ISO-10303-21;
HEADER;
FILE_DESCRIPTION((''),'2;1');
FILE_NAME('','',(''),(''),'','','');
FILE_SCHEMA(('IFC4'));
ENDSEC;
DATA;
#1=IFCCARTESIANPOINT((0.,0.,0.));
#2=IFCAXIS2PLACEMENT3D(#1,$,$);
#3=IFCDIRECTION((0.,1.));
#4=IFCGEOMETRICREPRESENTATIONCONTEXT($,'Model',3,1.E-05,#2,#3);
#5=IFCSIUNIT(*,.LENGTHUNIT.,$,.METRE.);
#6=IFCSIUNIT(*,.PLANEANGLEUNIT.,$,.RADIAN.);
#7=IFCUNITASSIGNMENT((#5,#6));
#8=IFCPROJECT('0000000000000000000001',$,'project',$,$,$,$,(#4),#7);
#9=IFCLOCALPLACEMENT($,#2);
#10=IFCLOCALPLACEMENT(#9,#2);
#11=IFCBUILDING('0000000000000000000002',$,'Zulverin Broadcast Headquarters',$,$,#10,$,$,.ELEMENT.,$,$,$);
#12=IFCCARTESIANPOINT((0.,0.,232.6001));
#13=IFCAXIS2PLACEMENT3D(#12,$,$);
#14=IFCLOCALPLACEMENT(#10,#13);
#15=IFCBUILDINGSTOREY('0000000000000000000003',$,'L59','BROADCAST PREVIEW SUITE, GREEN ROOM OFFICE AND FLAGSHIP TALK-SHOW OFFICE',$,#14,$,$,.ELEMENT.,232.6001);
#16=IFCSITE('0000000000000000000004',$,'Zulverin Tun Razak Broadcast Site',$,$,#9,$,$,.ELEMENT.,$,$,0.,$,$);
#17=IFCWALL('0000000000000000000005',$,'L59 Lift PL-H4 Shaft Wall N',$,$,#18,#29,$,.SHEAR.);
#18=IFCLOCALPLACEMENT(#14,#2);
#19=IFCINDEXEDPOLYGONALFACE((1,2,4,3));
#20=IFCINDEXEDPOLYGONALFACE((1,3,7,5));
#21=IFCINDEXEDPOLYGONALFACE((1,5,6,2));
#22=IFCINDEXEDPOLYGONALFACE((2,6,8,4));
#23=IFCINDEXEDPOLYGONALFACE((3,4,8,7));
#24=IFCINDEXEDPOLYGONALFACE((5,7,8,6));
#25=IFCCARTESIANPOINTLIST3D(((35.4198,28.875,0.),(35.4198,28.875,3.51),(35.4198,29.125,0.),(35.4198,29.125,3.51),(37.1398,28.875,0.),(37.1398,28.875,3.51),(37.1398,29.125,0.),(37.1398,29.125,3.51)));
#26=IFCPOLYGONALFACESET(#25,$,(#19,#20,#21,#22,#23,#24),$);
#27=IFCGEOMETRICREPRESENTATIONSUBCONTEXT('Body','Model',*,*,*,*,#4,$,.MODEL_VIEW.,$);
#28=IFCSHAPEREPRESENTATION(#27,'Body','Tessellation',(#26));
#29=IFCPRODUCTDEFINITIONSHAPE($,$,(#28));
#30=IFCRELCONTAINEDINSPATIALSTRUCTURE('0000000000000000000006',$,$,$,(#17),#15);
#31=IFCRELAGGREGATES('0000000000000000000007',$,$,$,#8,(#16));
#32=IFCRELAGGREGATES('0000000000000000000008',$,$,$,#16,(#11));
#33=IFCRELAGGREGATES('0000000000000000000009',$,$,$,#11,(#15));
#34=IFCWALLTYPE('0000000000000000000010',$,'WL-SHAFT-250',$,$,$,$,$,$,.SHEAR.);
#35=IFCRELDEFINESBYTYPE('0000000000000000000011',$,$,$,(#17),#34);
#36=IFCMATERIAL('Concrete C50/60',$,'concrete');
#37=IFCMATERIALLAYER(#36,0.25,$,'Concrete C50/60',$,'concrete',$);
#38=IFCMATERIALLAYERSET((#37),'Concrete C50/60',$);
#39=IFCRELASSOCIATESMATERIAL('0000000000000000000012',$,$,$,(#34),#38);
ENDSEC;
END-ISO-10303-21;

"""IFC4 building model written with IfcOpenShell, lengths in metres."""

from ifc_helpers import new_model, si_unit, direction, frame, frame_2d, origin, place, context, subcontext, project, spatial, rectangle, extrude, material, layer, layer_set, type_object, element, save


model = new_model("IFC4")

# Units and contexts
model_context = context("Model", 3, precision=1e-05, world=origin(), true_north=direction((0.0, 1.0)))
body_context = subcontext(model_context, "Body", "Model", "MODEL_VIEW")
ifc_project = project(units=[si_unit("LENGTHUNIT", "METRE"), si_unit("PLANEANGLEUNIT", "RADIAN")], contexts=[model_context])

# Site, building, storey
site_placement = place(None, origin())
site = spatial("IfcSite", under=ifc_project, at=site_placement, Name="Zulverin Tun Razak Broadcast Site", CompositionType="ELEMENT", RefElevation=0.0)
building_placement = place(site_placement, origin())
building = spatial("IfcBuilding", under=site, at=building_placement, Name="Zulverin Broadcast Headquarters", CompositionType="ELEMENT")
storey_placement = place(building_placement, frame((0.0, 0.0, 232.6001)))
storey = spatial("IfcBuildingStorey", under=building, at=storey_placement, Name="L59", Description="BROADCAST PREVIEW SUITE, GREEN ROOM OFFICE AND FLAGSHIP TALK-SHOW OFFICE", CompositionType="ELEMENT", Elevation=232.6001)

# Shared definitions
ifc_material_1 = material(Name="Concrete C50/60", Category="concrete")
ifc_layer_1 = layer(ifc_material_1, 0.25, Name="Concrete C50/60", Category="concrete")
ifc_layer_set_1 = layer_set([ifc_layer_1], Name="Concrete C50/60")
wall_type_1 = type_object("IfcWallType", Name="WL-SHAFT-250", PredefinedType="SHEAR", material=ifc_layer_set_1)

# Wall
wall_1_placement = place(storey_placement, frame((35.4199, 29.0, 0.0), z_axis=(0.0, 0.0, 1.0), x_axis=(1.0, 0.0, 0.0)))
element("IfcWall", 1, at=wall_1_placement, inside=storey, type_object=wall_type_1, Name="L59 Lift PL-H4 Shaft Wall N", PredefinedType="SHEAR", context=body_context, shape_type="SweptSolid", body=[
    extrude(rectangle(XDim=1.72, YDim=0.25, at=frame_2d((0.8599, 0.0))), origin(), (0.0, 0.0, 1.0), 3.51),
])

save(model, "model.ifc")
